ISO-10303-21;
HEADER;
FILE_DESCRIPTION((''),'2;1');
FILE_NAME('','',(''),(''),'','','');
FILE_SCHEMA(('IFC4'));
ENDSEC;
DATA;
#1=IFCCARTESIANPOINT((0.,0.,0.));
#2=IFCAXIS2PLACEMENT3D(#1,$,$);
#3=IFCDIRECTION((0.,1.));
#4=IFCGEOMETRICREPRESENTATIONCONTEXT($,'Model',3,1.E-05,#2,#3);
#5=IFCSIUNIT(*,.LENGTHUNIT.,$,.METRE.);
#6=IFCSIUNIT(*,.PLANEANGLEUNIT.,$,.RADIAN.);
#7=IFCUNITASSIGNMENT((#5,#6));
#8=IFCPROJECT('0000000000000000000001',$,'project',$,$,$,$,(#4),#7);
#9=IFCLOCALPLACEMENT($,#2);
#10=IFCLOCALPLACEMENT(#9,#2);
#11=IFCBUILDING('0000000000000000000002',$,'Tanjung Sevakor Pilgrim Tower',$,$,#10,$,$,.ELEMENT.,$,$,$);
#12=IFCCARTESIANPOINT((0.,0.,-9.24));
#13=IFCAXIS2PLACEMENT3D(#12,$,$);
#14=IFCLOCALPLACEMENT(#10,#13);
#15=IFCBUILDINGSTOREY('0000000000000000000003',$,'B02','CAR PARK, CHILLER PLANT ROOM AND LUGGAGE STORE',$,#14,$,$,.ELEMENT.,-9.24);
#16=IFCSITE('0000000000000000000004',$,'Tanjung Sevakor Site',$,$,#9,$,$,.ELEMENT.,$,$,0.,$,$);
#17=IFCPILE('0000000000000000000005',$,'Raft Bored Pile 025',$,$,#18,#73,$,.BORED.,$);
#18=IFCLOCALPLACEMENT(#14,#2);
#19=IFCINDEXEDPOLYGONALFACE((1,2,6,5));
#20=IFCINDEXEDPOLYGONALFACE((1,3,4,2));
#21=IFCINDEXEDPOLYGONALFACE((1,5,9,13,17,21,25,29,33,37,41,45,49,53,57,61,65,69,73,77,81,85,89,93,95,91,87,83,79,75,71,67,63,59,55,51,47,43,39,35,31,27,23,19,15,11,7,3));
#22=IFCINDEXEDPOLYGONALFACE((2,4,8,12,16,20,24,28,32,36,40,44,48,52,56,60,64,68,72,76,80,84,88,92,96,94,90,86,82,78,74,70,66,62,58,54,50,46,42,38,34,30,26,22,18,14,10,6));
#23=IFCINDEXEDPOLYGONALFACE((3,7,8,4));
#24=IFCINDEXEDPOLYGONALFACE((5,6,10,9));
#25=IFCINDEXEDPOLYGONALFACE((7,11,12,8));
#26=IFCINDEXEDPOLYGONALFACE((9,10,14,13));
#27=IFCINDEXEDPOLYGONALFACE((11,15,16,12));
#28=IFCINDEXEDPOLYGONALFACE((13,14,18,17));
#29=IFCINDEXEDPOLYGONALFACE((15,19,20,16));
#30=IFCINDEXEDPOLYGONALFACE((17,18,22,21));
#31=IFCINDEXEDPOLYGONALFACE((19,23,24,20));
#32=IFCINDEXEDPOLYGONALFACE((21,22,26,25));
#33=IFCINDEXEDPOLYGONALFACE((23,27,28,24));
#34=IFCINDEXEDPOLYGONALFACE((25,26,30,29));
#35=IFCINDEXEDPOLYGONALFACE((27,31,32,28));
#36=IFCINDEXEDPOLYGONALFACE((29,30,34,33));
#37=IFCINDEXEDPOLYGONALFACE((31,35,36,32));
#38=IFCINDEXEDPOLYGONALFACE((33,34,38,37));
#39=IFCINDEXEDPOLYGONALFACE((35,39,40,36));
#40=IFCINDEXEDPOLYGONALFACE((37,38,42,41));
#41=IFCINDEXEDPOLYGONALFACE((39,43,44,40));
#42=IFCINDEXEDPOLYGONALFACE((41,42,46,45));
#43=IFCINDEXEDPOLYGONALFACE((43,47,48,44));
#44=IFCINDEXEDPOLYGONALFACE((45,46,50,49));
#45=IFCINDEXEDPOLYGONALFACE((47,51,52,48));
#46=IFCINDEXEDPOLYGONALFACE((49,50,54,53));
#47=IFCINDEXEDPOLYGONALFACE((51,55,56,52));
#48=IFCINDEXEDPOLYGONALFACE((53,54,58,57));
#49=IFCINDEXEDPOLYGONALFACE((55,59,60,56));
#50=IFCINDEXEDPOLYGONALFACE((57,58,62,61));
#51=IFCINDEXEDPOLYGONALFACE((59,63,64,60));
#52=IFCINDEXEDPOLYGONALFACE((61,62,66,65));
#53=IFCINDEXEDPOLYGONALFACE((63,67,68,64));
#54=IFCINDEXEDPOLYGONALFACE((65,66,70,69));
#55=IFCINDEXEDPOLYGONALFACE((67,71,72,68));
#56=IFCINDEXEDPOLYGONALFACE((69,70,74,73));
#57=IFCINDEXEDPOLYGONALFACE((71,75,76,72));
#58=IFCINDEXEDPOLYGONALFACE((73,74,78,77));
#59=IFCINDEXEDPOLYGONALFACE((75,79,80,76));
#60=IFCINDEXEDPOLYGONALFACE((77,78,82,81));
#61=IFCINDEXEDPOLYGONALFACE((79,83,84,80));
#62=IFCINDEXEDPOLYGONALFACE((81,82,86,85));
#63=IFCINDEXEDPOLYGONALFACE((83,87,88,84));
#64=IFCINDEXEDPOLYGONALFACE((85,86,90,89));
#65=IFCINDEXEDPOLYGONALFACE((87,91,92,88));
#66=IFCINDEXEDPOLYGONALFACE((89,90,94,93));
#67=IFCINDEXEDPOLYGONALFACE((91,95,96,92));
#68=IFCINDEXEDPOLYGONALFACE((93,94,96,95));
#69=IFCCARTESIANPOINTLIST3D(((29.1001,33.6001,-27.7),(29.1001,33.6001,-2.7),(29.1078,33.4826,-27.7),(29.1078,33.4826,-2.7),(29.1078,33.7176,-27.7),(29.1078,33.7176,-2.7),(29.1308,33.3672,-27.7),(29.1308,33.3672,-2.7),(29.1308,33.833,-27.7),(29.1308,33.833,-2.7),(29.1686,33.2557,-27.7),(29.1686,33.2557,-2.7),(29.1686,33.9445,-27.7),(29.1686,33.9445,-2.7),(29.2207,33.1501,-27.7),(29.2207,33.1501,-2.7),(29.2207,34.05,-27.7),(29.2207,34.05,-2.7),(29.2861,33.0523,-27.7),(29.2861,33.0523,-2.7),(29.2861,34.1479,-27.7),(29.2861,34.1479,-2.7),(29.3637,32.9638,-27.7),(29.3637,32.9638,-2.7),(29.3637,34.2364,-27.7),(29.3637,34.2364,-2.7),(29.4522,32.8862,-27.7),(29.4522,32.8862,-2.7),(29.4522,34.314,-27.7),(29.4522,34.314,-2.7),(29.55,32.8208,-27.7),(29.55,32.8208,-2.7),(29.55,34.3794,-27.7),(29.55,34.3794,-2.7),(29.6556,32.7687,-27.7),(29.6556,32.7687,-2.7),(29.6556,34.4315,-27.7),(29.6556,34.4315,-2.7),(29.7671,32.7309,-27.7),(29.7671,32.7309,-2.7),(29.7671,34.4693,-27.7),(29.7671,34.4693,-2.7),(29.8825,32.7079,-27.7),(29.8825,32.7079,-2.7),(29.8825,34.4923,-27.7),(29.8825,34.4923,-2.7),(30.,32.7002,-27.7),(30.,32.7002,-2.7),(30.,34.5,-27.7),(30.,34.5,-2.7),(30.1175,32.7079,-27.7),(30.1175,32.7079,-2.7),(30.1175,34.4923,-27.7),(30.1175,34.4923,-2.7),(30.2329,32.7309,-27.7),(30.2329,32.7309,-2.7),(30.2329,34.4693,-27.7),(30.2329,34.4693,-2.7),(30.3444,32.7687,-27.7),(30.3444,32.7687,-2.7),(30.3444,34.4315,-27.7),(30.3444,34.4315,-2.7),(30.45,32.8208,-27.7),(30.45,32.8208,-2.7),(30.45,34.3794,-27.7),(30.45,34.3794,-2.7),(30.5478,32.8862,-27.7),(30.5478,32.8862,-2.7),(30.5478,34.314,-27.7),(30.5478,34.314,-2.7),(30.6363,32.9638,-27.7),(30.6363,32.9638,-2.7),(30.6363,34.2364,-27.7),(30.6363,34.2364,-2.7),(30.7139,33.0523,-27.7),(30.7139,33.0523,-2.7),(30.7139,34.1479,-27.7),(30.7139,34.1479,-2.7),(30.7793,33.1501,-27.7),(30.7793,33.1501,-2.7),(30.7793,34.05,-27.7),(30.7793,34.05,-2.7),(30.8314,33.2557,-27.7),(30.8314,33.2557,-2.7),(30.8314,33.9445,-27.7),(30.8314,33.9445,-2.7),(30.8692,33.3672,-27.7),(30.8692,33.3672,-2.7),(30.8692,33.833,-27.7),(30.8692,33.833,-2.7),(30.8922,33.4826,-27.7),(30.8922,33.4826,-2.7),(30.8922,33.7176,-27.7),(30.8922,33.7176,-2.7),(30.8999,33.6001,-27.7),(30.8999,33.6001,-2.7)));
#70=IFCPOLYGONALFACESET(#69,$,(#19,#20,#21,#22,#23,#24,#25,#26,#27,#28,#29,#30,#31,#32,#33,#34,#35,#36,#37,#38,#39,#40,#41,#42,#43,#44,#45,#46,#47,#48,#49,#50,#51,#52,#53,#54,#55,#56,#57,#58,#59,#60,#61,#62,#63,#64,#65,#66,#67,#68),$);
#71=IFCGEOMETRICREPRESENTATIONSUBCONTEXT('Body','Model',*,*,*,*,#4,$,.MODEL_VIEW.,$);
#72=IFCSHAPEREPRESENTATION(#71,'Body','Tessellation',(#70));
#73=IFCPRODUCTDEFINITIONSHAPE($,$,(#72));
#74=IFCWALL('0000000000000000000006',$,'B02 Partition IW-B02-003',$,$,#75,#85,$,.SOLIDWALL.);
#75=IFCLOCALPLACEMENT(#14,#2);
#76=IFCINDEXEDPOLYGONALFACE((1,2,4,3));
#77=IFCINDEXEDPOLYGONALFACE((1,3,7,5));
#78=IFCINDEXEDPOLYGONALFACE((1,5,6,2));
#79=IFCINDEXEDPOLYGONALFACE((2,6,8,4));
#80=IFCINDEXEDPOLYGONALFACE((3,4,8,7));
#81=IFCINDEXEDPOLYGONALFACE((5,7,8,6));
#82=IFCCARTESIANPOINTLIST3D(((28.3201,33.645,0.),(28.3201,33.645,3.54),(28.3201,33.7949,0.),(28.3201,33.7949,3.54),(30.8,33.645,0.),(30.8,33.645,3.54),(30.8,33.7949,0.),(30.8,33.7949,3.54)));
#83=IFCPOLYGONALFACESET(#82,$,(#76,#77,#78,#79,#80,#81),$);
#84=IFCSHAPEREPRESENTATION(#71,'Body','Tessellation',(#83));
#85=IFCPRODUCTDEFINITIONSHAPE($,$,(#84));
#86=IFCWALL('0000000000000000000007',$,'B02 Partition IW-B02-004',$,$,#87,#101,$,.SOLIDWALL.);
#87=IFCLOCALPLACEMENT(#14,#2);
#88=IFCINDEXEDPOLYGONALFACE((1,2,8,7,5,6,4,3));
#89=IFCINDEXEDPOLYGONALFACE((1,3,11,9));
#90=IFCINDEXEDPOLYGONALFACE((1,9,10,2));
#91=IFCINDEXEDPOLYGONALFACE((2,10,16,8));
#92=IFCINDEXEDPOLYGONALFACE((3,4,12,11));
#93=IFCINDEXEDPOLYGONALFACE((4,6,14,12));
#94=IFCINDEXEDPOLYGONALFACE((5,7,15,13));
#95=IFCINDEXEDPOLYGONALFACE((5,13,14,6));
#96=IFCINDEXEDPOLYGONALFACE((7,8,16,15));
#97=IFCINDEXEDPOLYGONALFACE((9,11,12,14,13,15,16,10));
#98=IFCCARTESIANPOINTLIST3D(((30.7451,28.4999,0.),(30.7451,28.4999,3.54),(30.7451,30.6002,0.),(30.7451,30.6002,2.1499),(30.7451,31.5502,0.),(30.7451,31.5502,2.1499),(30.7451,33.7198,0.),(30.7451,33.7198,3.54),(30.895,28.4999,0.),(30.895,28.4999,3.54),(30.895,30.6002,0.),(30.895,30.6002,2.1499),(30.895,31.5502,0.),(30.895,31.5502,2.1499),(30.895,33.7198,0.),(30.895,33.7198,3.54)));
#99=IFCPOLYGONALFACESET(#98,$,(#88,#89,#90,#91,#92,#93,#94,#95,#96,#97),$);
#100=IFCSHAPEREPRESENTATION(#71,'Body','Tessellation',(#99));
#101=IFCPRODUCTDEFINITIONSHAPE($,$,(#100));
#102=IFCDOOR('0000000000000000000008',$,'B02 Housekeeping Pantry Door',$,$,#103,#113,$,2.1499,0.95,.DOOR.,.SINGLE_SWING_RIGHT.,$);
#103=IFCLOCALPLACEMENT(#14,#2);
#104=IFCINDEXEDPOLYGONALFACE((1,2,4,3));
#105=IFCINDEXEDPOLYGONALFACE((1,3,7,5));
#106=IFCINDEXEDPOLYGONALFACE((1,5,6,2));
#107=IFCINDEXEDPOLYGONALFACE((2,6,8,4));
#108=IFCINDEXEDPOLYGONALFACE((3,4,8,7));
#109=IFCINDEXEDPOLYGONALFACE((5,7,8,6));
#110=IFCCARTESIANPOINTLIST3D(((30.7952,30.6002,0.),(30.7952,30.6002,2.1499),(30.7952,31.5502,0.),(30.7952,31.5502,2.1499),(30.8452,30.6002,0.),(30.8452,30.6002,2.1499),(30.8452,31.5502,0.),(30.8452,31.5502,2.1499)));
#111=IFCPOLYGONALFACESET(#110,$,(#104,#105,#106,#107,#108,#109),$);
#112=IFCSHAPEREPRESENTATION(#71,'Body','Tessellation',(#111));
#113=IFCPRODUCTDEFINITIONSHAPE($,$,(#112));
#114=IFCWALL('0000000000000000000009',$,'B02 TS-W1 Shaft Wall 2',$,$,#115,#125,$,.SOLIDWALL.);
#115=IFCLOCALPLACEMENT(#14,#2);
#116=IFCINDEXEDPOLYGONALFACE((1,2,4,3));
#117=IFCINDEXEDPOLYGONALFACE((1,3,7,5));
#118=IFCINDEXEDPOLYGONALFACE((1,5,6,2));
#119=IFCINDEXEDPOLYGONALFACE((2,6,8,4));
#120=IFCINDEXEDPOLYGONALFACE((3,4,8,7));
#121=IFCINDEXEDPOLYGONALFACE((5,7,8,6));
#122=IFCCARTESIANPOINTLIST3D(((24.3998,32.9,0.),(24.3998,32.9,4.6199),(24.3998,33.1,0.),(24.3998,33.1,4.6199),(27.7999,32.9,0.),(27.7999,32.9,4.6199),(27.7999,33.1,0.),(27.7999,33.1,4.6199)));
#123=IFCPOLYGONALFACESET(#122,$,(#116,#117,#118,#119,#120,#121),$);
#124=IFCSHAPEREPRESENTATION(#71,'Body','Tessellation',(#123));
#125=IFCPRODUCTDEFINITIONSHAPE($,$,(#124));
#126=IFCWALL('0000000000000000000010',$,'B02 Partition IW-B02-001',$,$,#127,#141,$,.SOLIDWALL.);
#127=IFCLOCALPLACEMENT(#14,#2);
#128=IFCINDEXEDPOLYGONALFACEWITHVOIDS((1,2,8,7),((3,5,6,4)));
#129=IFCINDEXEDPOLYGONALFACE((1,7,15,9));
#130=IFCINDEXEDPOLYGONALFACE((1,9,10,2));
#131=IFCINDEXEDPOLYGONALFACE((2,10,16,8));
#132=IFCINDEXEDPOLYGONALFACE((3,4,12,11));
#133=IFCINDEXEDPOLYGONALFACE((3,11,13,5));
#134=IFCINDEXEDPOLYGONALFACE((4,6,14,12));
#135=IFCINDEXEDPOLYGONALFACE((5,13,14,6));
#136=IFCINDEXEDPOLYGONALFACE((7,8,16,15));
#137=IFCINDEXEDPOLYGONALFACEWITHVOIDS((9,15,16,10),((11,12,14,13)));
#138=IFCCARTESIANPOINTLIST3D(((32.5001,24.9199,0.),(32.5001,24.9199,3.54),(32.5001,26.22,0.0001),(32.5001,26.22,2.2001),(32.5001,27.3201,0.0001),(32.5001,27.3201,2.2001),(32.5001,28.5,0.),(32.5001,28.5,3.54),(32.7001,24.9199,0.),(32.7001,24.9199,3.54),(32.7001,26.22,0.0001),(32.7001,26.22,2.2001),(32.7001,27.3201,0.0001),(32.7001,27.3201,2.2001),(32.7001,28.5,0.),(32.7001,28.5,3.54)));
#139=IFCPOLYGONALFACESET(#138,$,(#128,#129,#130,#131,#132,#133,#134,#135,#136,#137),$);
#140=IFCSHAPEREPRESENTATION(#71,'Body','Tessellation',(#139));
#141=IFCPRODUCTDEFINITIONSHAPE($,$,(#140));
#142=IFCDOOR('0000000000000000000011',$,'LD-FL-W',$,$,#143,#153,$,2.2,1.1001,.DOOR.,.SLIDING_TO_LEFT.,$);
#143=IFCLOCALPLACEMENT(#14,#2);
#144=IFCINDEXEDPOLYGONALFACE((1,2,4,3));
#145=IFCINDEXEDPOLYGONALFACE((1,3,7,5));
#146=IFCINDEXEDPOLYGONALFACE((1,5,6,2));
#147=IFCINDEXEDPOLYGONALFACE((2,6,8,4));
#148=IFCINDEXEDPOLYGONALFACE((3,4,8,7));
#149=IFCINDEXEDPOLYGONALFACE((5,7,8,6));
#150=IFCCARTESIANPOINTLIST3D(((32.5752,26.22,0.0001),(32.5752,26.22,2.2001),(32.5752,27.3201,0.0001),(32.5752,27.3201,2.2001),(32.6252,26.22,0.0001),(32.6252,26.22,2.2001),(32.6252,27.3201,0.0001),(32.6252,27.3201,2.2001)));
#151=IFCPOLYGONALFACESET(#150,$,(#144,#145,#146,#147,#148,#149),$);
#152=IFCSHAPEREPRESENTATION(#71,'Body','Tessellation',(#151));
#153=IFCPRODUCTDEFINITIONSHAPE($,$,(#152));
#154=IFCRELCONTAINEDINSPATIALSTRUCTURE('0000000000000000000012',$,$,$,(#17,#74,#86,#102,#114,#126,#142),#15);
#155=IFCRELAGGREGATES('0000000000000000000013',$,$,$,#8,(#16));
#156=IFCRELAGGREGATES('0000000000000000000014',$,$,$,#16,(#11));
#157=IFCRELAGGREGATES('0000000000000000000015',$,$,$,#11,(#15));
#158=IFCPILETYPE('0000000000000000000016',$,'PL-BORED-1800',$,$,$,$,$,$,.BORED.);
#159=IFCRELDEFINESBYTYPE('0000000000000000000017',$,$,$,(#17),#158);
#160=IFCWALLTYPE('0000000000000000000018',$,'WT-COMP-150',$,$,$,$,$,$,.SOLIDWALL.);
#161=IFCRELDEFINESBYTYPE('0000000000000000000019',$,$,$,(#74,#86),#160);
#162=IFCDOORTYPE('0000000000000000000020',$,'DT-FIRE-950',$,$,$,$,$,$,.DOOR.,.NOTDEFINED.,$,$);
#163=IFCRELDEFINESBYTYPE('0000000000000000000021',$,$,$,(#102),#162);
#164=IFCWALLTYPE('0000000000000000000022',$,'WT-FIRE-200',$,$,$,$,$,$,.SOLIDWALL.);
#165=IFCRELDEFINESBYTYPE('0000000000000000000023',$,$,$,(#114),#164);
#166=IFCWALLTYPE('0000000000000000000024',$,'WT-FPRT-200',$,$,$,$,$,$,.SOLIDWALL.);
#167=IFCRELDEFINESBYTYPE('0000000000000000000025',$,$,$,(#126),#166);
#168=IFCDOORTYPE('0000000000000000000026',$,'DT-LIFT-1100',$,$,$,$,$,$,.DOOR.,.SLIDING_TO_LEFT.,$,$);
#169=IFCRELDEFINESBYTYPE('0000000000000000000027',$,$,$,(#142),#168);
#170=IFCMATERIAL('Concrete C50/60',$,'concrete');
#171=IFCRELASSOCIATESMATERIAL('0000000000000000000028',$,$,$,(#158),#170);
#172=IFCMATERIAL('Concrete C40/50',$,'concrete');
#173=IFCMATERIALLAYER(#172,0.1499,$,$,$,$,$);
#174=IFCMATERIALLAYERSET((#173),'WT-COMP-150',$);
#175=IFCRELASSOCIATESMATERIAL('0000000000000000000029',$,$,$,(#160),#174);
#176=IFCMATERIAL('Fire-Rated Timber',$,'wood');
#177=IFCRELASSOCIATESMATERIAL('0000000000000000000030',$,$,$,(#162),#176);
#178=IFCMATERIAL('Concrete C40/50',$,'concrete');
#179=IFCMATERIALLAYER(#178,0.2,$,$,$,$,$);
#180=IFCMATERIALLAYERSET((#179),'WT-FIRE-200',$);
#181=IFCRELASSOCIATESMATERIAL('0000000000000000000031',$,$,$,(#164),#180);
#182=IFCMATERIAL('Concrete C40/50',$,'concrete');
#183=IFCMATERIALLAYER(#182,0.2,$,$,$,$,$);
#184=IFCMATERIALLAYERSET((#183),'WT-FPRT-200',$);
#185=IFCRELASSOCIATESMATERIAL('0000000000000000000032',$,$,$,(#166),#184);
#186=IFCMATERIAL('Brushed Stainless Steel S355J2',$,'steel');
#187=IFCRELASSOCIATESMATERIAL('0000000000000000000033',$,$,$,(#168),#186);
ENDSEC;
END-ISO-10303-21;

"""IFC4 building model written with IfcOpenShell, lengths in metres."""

from ifc_helpers import new_model, si_unit, direction, frame, frame_2d, origin, origin_2d, place, context, subcontext, project, spatial, rectangle, circle, extrude, material, layer, layer_set, material_profile, profile_set, type_object, element, fill, save


model = new_model("IFC4")

# Units and contexts
model_context = context("Model", 3, precision=1e-05, world=origin(), true_north=direction((0.0, 1.0)))
body_context = subcontext(model_context, "Body", "Model", "MODEL_VIEW")
ifc_project = project(units=[si_unit("LENGTHUNIT", "METRE"), si_unit("PLANEANGLEUNIT", "RADIAN")], contexts=[model_context])

# Site, building, storey
site_placement = place(None, origin())
site = spatial("IfcSite", under=ifc_project, at=site_placement, Name="Tanjung Sevakor Site", CompositionType="ELEMENT", RefElevation=0.0)
building_placement = place(site_placement, origin())
building = spatial("IfcBuilding", under=site, at=building_placement, Name="Tanjung Sevakor Pilgrim Tower", CompositionType="ELEMENT")
storey_placement = place(building_placement, frame((0.0, 0.0, -9.24)))
storey = spatial("IfcBuildingStorey", under=building, at=storey_placement, Name="B02", Description="CAR PARK, CHILLER PLANT ROOM AND LUGGAGE STORE", CompositionType="ELEMENT", Elevation=-9.24)

# Pile
ifc_material_1 = material(Name="Concrete C50/60", Category="concrete")
ifc_material_profile = material_profile(ifc_material_1, circle(Radius=0.8999, at=origin_2d()))
ifc_profile_set = profile_set([ifc_material_profile], Name="Concrete C50/60")
pile_type = type_object("IfcPileType", Name="PL-BORED-1800", PredefinedType="BORED", material=ifc_profile_set)
pile_placement = place(storey_placement, frame((30.0, 33.6001, -2.7), z_axis=(0.0, 0.0, -1.0), x_axis=(1.0, 0.0, 0.0)))
element("IfcPile", 1, at=pile_placement, inside=storey, type_object=pile_type, Name="Raft Bored Pile 025", PredefinedType="BORED", context=body_context, shape_type="SweptSolid", body=[
    extrude(circle(Radius=0.8999, at=origin_2d()), origin(), (0.0, 0.0, 1.0), 25.0),
])

# Wall
ifc_material_2 = material(Name="Concrete C40/50", Category="concrete")
ifc_layer_1 = layer(ifc_material_2, 0.1499)
ifc_layer_set_1 = layer_set([ifc_layer_1], Name="WT-COMP-150")
wall_type_1 = type_object("IfcWallType", Name="WT-COMP-150", PredefinedType="SOLIDWALL", material=ifc_layer_set_1)
wall_1_placement = place(storey_placement, frame((28.3201, 33.72, 0.0), z_axis=(0.0, 0.0, 1.0), x_axis=(1.0, 0.0, 0.0)))
element("IfcWall", 2, at=wall_1_placement, inside=storey, type_object=wall_type_1, Name="B02 Partition IW-B02-003", PredefinedType="SOLIDWALL", context=body_context, shape_type="SweptSolid", body=[
    extrude(rectangle(XDim=2.48, YDim=0.1499, at=frame_2d((1.24, 0.0))), origin(), (0.0, 0.0, 1.0), 3.54),
])

# Wall, opening, door
wall_2_placement = place(storey_placement, frame((30.8201, 28.5, 0.0), z_axis=(0.0, 0.0, 1.0), x_axis=(0.0, 1.0, 0.0)))
wall_2 = element("IfcWall", 3, at=wall_2_placement, inside=storey, type_object=wall_type_1, Name="B02 Partition IW-B02-004", PredefinedType="SOLIDWALL", context=body_context, shape_type="SweptSolid", body=[
    extrude(rectangle(XDim=5.22, YDim=0.1499, at=frame_2d((2.6099, 0.0))), origin(), (0.0, 0.0, 1.0), 3.54),
])
opening_1_placement = place(wall_2_placement, frame((2.1001, 0.0, 0.0)))
opening_1 = element("IfcOpeningElement", 4, at=opening_1_placement, cuts=wall_2, PredefinedType="OPENING", context=body_context, shape_type="SweptSolid", body=[
    extrude(rectangle(XDim=0.95, YDim=2.1499, at=frame_2d((0.4751, 1.075))), frame((0.0, 0.085, 0.0), z_axis=(0.0, -1.0, 0.0), x_axis=(1.0, 0.0, 0.0)), (0.0, 0.0, 1.0), 0.1699),
])
ifc_material_3 = material(Name="Fire-Rated Timber", Category="wood")
door_type_1 = type_object("IfcDoorType", Name="DT-FIRE-950", OperationType="NOTDEFINED", PredefinedType="DOOR", material=ifc_material_3)
door_1_placement = place(opening_1_placement, origin())
door_1 = element("IfcDoor", 5, at=door_1_placement, inside=storey, type_object=door_type_1, Name="B02 Housekeeping Pantry Door", OperationType="SINGLE_SWING_RIGHT", OverallHeight=2.1499, OverallWidth=0.95, PredefinedType="DOOR", context=body_context, shape_type="SweptSolid", body=[
    extrude(rectangle(XDim=0.95, YDim=2.1499, at=frame_2d((0.4751, 1.075))), frame((0.0, 0.0249, 0.0), z_axis=(0.0, -1.0, 0.0), x_axis=(1.0, 0.0, 0.0)), (0.0, 0.0, 1.0), 0.05),
])
fill(opening_1, door_1)

# Wall
ifc_material_4 = material(Name="Concrete C40/50", Category="concrete")
ifc_layer_2 = layer(ifc_material_4, 0.2)
ifc_layer_set_2 = layer_set([ifc_layer_2], Name="WT-FIRE-200")
wall_type_2 = type_object("IfcWallType", Name="WT-FIRE-200", PredefinedType="SOLIDWALL", material=ifc_layer_set_2)
wall_3_placement = place(storey_placement, frame((27.8, 33.0, 0.0), z_axis=(0.0, 0.0, 1.0), x_axis=(-1.0, 0.0, 0.0)))
element("IfcWall", 6, at=wall_3_placement, inside=storey, type_object=wall_type_2, Name="B02 TS-W1 Shaft Wall 2", PredefinedType="SOLIDWALL", context=body_context, shape_type="SweptSolid", body=[
    extrude(rectangle(XDim=3.4001, YDim=0.2, at=frame_2d((1.7002, 0.0))), origin(), (0.0, 0.0, 1.0), 4.6199),
])

# Wall, opening, door
ifc_material_5 = material(Name="Concrete C40/50", Category="concrete")
ifc_layer_3 = layer(ifc_material_5, 0.2)
ifc_layer_set_3 = layer_set([ifc_layer_3], Name="WT-FPRT-200")
wall_type_3 = type_object("IfcWallType", Name="WT-FPRT-200", PredefinedType="SOLIDWALL", material=ifc_layer_set_3)
wall_4_placement = place(storey_placement, frame((32.6001, 24.9199, 0.0), z_axis=(0.0, 0.0, 1.0), x_axis=(0.0, 1.0, 0.0)))
wall_4 = element("IfcWall", 7, at=wall_4_placement, inside=storey, type_object=wall_type_3, Name="B02 Partition IW-B02-001", PredefinedType="SOLIDWALL", context=body_context, shape_type="SweptSolid", body=[
    extrude(rectangle(XDim=3.5801, YDim=0.2, at=frame_2d((1.79, 0.0))), origin(), (0.0, 0.0, 1.0), 3.54),
])
opening_2_placement = place(wall_4_placement, frame((1.3, 0.0, 0.0)))
opening_2 = element("IfcOpeningElement", 8, at=opening_2_placement, cuts=wall_4, PredefinedType="OPENING", context=body_context, shape_type="SweptSolid", body=[
    extrude(rectangle(XDim=1.1001, YDim=2.2, at=frame_2d((0.55, 1.1001))), frame((0.0, 0.1099, 0.0), z_axis=(0.0, -1.0, 0.0), x_axis=(1.0, 0.0, 0.0)), (0.0, 0.0, 1.0), 0.22),
])
ifc_material_6 = material(Name="Brushed Stainless Steel S355J2", Category="steel")
door_type_2 = type_object("IfcDoorType", Name="DT-LIFT-1100", OperationType="SLIDING_TO_LEFT", PredefinedType="DOOR", material=ifc_material_6)
door_2_placement = place(opening_2_placement, origin())
door_2 = element("IfcDoor", 9, at=door_2_placement, inside=storey, type_object=door_type_2, Name="LD-FL-W", OperationType="SLIDING_TO_LEFT", OverallHeight=2.2, OverallWidth=1.1001, PredefinedType="DOOR", context=body_context, shape_type="SweptSolid", body=[
    extrude(rectangle(XDim=1.1001, YDim=2.2, at=frame_2d((0.55, 1.1001))), frame((0.0, 0.0249, 0.0), z_axis=(0.0, -1.0, 0.0), x_axis=(1.0, 0.0, 0.0)), (0.0, 0.0, 1.0), 0.05),
])
fill(opening_2, door_2)

save(model, "model.ifc")
